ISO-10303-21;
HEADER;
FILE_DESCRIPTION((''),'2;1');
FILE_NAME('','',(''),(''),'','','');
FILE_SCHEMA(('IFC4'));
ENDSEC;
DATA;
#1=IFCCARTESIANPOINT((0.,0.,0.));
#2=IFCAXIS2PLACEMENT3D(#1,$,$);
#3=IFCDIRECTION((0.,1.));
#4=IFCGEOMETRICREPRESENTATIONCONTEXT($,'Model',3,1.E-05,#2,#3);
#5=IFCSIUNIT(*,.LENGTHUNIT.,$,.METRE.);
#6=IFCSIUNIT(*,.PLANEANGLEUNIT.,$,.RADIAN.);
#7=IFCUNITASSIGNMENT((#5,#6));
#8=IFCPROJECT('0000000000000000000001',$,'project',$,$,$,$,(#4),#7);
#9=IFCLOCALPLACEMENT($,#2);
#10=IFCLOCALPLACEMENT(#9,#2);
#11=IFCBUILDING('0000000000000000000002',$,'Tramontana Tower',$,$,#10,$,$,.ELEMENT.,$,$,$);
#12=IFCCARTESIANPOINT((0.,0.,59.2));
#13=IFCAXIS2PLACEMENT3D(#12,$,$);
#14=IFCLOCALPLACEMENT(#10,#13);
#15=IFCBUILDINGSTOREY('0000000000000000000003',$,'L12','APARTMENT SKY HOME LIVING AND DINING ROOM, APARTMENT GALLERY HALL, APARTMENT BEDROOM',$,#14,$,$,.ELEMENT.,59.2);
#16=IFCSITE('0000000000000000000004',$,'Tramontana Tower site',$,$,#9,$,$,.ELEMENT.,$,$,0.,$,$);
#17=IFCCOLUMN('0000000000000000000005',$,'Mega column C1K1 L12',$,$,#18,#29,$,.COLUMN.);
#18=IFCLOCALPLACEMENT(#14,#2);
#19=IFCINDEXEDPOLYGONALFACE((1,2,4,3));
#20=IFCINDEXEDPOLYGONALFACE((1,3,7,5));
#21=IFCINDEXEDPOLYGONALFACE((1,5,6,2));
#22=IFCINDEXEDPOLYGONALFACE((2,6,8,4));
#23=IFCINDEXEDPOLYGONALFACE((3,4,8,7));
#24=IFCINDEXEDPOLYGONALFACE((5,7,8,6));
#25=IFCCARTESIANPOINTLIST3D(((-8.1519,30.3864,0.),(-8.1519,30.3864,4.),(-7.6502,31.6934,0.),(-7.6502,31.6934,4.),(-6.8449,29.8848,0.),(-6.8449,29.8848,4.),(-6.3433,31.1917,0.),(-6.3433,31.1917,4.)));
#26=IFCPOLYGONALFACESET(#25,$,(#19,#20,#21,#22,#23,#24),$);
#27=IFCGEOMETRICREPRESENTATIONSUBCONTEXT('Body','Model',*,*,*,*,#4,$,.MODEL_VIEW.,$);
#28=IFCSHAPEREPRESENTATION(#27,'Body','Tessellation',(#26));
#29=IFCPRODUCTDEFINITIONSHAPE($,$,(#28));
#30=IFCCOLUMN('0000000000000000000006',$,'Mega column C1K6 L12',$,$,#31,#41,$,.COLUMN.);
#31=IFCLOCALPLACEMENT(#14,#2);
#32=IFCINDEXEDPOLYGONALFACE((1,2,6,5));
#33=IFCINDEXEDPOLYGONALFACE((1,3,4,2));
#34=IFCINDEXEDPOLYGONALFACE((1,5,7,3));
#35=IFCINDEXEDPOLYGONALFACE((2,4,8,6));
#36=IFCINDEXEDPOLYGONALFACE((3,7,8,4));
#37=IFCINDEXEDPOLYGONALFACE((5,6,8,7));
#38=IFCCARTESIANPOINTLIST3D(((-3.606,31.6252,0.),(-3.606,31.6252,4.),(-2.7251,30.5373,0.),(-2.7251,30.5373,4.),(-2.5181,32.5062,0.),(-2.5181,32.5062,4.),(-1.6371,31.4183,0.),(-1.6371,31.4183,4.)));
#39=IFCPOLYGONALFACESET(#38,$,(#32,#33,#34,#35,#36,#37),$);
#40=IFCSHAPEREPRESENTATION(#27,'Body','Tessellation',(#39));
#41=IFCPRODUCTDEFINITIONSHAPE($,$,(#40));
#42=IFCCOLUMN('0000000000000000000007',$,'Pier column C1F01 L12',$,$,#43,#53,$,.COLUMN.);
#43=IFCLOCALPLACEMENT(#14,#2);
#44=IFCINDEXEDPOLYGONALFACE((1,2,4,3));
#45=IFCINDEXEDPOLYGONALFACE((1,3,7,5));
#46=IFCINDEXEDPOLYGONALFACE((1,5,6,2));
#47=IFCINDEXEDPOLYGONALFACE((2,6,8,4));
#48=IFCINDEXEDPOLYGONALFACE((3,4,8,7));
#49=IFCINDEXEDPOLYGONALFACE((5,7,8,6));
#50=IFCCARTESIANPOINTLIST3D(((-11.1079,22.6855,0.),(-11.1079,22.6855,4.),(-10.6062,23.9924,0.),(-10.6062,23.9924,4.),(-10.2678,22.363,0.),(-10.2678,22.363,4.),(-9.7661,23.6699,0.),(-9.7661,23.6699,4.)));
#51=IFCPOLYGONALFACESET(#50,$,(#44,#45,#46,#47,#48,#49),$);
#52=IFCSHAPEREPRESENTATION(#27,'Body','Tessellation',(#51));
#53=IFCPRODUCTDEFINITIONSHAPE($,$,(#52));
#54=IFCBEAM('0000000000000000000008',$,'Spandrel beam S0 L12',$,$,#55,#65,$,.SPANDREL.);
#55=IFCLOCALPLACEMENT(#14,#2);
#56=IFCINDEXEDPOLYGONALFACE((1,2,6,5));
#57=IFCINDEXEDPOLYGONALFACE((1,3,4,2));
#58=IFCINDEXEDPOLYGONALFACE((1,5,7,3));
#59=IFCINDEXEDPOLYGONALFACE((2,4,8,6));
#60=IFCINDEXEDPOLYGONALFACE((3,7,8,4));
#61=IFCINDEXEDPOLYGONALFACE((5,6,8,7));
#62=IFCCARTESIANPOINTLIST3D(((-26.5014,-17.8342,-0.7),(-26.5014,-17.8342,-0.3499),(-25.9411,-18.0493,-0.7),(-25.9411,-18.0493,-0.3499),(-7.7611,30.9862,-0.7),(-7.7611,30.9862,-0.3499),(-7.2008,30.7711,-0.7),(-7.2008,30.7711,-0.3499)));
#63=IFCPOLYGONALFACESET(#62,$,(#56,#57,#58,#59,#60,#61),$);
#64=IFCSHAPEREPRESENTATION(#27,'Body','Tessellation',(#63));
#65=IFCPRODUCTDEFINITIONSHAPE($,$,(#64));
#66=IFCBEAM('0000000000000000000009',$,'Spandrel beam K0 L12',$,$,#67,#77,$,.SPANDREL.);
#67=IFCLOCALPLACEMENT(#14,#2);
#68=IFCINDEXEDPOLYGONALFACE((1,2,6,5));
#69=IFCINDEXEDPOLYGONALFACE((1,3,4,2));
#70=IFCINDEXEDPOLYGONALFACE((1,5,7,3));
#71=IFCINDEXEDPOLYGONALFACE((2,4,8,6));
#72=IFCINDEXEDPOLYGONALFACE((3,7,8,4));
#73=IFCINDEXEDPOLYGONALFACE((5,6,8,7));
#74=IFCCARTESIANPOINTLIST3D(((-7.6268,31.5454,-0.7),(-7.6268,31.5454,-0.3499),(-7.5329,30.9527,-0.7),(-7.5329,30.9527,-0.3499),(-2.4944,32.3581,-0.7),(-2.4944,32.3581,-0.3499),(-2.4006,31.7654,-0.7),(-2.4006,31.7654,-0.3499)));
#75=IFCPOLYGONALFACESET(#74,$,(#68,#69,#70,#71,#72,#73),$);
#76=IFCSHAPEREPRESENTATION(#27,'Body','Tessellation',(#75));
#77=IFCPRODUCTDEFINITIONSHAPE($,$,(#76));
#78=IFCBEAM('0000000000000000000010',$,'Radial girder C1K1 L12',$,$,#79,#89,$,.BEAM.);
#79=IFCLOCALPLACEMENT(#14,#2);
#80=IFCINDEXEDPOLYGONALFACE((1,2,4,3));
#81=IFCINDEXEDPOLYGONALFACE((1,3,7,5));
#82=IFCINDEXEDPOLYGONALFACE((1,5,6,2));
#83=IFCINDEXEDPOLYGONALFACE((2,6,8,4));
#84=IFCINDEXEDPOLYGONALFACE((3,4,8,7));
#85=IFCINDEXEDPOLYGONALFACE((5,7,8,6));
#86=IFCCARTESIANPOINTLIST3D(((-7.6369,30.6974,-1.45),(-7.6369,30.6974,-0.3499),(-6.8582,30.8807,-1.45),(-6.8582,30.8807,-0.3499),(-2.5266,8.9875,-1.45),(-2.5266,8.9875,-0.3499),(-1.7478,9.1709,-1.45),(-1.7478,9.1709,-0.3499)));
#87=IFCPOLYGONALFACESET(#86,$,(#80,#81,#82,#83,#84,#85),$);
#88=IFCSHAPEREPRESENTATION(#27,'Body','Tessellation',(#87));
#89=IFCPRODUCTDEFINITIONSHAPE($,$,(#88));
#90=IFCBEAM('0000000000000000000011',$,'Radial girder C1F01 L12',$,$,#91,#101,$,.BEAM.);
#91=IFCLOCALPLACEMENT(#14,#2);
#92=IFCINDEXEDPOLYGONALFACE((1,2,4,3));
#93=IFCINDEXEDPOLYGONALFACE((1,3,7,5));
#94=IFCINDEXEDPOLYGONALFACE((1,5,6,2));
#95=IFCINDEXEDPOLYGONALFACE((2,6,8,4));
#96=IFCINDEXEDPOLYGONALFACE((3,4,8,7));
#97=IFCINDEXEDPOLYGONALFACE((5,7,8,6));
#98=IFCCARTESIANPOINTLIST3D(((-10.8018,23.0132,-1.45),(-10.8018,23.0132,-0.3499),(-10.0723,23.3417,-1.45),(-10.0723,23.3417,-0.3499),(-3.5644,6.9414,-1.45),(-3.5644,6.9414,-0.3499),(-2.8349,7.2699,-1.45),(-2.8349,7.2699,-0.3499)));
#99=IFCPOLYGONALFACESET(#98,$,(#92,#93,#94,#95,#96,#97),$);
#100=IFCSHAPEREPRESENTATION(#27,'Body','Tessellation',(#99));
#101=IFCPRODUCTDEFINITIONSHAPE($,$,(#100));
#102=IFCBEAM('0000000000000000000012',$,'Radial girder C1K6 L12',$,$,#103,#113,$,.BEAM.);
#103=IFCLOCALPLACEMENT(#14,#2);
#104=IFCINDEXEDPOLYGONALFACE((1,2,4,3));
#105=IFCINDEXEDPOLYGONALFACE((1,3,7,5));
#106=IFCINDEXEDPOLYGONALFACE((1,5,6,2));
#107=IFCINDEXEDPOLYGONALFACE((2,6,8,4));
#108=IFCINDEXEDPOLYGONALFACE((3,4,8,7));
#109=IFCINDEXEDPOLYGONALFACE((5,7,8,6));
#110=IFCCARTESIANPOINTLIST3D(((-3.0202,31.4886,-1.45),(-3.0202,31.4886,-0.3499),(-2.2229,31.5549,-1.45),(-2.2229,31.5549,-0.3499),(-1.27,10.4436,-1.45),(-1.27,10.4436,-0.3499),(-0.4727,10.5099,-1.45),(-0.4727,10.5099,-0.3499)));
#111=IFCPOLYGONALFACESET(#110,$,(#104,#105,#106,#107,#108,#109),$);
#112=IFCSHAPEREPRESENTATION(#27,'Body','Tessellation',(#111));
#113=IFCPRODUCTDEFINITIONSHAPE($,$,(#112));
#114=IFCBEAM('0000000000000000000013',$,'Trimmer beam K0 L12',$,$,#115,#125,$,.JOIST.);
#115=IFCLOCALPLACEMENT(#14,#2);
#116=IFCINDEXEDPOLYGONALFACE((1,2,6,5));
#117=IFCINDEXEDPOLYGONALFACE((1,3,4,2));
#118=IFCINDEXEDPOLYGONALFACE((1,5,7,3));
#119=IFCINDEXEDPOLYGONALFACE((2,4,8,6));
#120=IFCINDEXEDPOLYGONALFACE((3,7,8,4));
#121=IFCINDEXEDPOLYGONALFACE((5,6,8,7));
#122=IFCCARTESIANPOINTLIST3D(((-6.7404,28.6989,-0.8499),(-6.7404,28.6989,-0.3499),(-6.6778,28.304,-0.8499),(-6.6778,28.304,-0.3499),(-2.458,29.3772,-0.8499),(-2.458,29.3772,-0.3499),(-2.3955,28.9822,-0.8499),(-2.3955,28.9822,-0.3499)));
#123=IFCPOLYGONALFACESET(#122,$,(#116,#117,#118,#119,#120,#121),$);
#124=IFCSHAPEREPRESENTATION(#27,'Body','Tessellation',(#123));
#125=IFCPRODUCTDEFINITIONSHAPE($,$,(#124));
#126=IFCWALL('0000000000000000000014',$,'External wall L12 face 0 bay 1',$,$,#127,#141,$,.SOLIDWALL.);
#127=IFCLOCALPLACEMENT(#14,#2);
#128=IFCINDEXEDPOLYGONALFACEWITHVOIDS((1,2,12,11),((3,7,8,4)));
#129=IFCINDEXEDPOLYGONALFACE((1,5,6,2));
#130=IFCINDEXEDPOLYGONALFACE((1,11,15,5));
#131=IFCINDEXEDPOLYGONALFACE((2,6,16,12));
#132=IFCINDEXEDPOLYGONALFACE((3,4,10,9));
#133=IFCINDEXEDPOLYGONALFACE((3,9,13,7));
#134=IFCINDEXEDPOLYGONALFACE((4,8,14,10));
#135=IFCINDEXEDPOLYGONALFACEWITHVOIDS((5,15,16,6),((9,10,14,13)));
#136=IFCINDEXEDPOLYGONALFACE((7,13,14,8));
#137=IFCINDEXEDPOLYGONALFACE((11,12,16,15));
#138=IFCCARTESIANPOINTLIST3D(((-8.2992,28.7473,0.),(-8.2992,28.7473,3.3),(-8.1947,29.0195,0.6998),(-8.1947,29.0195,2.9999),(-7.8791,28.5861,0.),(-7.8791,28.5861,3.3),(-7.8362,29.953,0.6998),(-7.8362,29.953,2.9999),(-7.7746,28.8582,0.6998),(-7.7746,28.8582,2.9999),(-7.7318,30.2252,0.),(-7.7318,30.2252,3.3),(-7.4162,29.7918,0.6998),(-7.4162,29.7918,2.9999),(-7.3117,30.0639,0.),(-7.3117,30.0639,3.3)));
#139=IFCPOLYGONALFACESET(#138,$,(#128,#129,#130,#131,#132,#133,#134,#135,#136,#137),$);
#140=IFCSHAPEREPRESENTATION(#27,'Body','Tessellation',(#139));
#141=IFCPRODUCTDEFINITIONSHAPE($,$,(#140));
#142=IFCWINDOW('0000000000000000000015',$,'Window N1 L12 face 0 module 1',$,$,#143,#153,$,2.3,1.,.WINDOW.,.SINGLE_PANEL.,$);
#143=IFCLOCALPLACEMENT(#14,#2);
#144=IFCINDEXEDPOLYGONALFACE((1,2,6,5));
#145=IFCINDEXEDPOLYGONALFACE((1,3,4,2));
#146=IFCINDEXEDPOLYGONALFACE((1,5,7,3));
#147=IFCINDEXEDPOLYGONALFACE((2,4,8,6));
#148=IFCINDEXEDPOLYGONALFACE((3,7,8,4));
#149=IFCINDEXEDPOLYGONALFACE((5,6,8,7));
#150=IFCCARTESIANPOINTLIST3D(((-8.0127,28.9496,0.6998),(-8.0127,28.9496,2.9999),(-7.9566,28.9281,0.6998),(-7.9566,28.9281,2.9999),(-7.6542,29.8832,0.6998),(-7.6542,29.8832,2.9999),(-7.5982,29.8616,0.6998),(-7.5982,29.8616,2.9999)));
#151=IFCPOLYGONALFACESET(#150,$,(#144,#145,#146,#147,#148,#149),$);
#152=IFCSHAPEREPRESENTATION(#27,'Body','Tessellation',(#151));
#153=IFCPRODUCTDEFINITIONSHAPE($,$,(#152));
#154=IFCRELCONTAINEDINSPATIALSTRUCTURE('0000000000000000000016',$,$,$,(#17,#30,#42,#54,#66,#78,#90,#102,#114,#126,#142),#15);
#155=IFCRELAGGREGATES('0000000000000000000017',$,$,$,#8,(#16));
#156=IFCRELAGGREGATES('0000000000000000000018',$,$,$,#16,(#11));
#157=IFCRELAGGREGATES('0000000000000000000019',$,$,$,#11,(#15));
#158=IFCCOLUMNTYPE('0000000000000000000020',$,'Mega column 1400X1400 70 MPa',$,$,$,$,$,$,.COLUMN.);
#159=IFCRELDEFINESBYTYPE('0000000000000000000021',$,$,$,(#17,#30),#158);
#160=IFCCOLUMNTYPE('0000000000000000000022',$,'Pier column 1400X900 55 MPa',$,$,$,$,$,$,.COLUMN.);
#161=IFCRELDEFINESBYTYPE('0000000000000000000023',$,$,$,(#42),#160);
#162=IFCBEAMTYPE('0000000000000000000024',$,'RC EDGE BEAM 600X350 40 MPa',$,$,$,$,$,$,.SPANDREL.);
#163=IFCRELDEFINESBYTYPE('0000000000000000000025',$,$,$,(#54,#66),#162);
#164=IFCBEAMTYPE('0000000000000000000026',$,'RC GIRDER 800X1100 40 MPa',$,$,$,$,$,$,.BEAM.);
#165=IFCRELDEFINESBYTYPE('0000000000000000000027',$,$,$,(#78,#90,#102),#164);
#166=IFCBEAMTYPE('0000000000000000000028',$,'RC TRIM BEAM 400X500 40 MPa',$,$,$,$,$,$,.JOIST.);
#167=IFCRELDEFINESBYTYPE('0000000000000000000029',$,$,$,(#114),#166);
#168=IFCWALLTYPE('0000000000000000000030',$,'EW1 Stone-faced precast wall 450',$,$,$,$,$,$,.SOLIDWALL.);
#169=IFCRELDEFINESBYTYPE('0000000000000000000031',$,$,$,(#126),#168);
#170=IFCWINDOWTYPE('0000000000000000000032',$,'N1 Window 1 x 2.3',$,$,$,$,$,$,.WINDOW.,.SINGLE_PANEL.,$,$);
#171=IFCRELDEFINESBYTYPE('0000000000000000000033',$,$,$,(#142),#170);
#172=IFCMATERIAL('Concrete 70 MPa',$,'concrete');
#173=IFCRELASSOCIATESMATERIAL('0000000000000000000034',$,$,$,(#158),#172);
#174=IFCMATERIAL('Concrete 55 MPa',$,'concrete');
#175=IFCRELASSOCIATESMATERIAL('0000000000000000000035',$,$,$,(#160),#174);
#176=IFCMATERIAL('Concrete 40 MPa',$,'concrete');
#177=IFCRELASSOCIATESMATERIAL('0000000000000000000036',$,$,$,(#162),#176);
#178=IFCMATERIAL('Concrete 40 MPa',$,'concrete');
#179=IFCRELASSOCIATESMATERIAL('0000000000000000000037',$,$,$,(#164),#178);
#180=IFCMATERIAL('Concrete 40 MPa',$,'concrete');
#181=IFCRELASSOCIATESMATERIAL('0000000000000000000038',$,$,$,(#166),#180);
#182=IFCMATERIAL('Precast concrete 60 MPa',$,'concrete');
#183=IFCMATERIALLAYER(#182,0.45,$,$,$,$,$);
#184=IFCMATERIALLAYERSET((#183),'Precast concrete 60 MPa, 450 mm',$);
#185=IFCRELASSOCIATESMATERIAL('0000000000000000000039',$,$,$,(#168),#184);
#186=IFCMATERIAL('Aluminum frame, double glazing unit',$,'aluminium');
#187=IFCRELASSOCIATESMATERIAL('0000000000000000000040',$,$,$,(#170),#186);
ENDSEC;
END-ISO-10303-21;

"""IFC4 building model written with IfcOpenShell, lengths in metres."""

from ifc_helpers import new_model, si_unit, direction, frame, frame_2d, origin, origin_2d, place, context, subcontext, project, spatial, rectangle, extrude, material, layer, layer_set, material_profile, profile_set, type_object, element, fill, save


model = new_model("IFC4")

# Units and contexts
model_context = context("Model", 3, precision=1e-05, world=origin(), true_north=direction((0.0, 1.0)))
body_context = subcontext(model_context, "Body", "Model", "MODEL_VIEW")
ifc_project = project(units=[si_unit("LENGTHUNIT", "METRE"), si_unit("PLANEANGLEUNIT", "RADIAN")], contexts=[model_context])

# Site, building, storey
site_placement = place(None, origin())
site = spatial("IfcSite", under=ifc_project, at=site_placement, Name="Tramontana Tower site", CompositionType="ELEMENT", RefElevation=0.0)
building_placement = place(site_placement, origin())
building = spatial("IfcBuilding", under=site, at=building_placement, Name="Tramontana Tower", CompositionType="ELEMENT")
storey_placement = place(building_placement, frame((0.0, 0.0, 59.2)))
storey = spatial("IfcBuildingStorey", under=building, at=storey_placement, Name="L12", Description="APARTMENT SKY HOME LIVING AND DINING ROOM, APARTMENT GALLERY HALL, APARTMENT BEDROOM", CompositionType="ELEMENT", Elevation=59.2)

# Columns
ifc_material_1 = material(Name="Concrete 70 MPa", Category="concrete")
ifc_material_profile_1 = material_profile(ifc_material_1, rectangle(XDim=1.3999, YDim=1.3999, at=origin_2d()), Name="Mega column 1400X1400 70 MPa")
ifc_profile_set_1 = profile_set([ifc_material_profile_1], Name="Concrete 70 MPa")
column_type_1 = type_object("IfcColumnType", Name="Mega column 1400X1400 70 MPa", PredefinedType="COLUMN", material=ifc_profile_set_1)
for number, where, z_axis, x_axis, name in (
    (1, (-7.2476, 30.7891, 0.0), (0.0, 0.0, 1.0), (-0.358368, -0.93358, 0.0), "Mega column C1K1 L12"),
    (2, (-2.6216, 31.5217, 0.0), (0.0, 0.0, 1.0), (-0.62932, 0.777146, 0.0), "Mega column C1K6 L12"),
):
    element("IfcColumn", number, at=place(storey_placement, frame(where, z_axis=z_axis, x_axis=x_axis)), inside=storey, type_object=column_type_1, Name=name, PredefinedType="COLUMN", context=body_context, shape_type="SweptSolid", body=[
        extrude(rectangle(XDim=1.3999, YDim=1.3999, at=origin_2d()), origin(), (0.0, 0.0, 1.0), 4.0),
    ])
ifc_material_2 = material(Name="Concrete 55 MPa", Category="concrete")
ifc_material_profile_2 = material_profile(ifc_material_2, rectangle(XDim=1.3999, YDim=0.8999, at=origin_2d()), Name="Pier column 1400X900 55 MPa")
ifc_profile_set_2 = profile_set([ifc_material_profile_2], Name="Concrete 55 MPa")
column_type_2 = type_object("IfcColumnType", Name="Pier column 1400X900 55 MPa", PredefinedType="COLUMN", material=ifc_profile_set_2)
column_placement = place(storey_placement, frame((-10.437, 23.1777, 0.0), z_axis=(0.0, 0.0, 1.0), x_axis=(-0.358368, -0.93358, 0.0)))
element("IfcColumn", 3, at=column_placement, inside=storey, type_object=column_type_2, Name="Pier column C1F01 L12", PredefinedType="COLUMN", context=body_context, shape_type="SweptSolid", body=[
    extrude(rectangle(XDim=1.3999, YDim=0.8999, at=origin_2d()), origin(), (0.0, 0.0, 1.0), 4.0),
])

# Beams
ifc_material_3 = material(Name="Concrete 40 MPa", Category="concrete")
ifc_material_profile_3 = material_profile(ifc_material_3, rectangle(XDim=0.6001, YDim=0.3501, at=origin_2d()), Name="RC EDGE BEAM 600X350 40 MPa")
ifc_profile_set_3 = profile_set([ifc_material_profile_3], Name="Concrete 40 MPa")
beam_type_1 = type_object("IfcBeamType", Name="RC EDGE BEAM 600X350 40 MPa", PredefinedType="SPANDREL", material=ifc_profile_set_3)
beam_1_placement = place(storey_placement, frame((-7.481, 30.8787, -0.5249), z_axis=(-0.358366, -0.933581, 0.0), x_axis=(0.933581, -0.358366, 0.0)))
element("IfcBeam", 4, at=beam_1_placement, inside=storey, type_object=beam_type_1, Name="Spandrel beam S0 L12", PredefinedType="SPANDREL", context=body_context, shape_type="SweptSolid", body=[
    extrude(rectangle(XDim=0.6001, YDim=0.3501, at=origin_2d()), origin(), (0.0, 0.0, 1.0), 52.2937),
])
beam_2_placement = place(storey_placement, frame((-2.4475, 32.0618, -0.5249), z_axis=(-0.987692, -0.156409, 0.0), x_axis=(0.156409, -0.987692, 0.0)))
element("IfcBeam", 5, at=beam_2_placement, inside=storey, type_object=beam_type_1, Name="Spandrel beam K0 L12", PredefinedType="SPANDREL", context=body_context, shape_type="SweptSolid", body=[
    extrude(rectangle(XDim=0.6001, YDim=0.3501, at=origin_2d()), origin(), (0.0, 0.0, 1.0), 5.1963),
])
ifc_material_4 = material(Name="Concrete 40 MPa", Category="concrete")
ifc_material_profile_4 = material_profile(ifc_material_4, rectangle(XDim=0.8, YDim=1.1001, at=origin_2d()), Name="RC GIRDER 800X1100 40 MPa")
ifc_profile_set_4 = profile_set([ifc_material_profile_4], Name="Concrete 40 MPa")
beam_type_2 = type_object("IfcBeamType", Name="RC GIRDER 800X1100 40 MPa", PredefinedType="BEAM", material=ifc_profile_set_4)
beam_3_placement = place(storey_placement, frame((-7.2476, 30.7891, -0.8999), z_axis=(0.22913, -0.973396, 0.0), x_axis=(0.973396, 0.22913, 0.0)))
element("IfcBeam", 6, at=beam_3_placement, inside=storey, type_object=beam_type_2, Name="Radial girder C1K1 L12", PredefinedType="BEAM", context=body_context, shape_type="SweptSolid", body=[
    extrude(rectangle(XDim=0.8, YDim=1.1001, at=origin_2d()), origin(), (0.0, 0.0, 1.0), 22.3032),
])
beam_4_placement = place(storey_placement, frame((-10.437, 23.1775, -0.8999), z_axis=(0.410601, -0.911815, 0.0), x_axis=(0.911815, 0.410601, 0.0)))
element("IfcBeam", 7, at=beam_4_placement, inside=storey, type_object=beam_type_2, Name="Radial girder C1F01 L12", PredefinedType="BEAM", context=body_context, shape_type="SweptSolid", body=[
    extrude(rectangle(XDim=0.8, YDim=1.1001, at=origin_2d()), origin(), (0.0, 0.0, 1.0), 17.6262),
])
beam_5_placement = place(storey_placement, frame((-2.6216, 31.5217, -0.8999), z_axis=(0.082881, -0.996559, 0.0), x_axis=(0.996559, 0.082881, 0.0)))
element("IfcBeam", 8, at=beam_5_placement, inside=storey, type_object=beam_type_2, Name="Radial girder C1K6 L12", PredefinedType="BEAM", context=body_context, shape_type="SweptSolid", body=[
    extrude(rectangle(XDim=0.8, YDim=1.1001, at=origin_2d()), origin(), (0.0, 0.0, 1.0), 21.1177),
])
ifc_material_5 = material(Name="Concrete 40 MPa", Category="concrete")
ifc_material_profile_5 = material_profile(ifc_material_5, rectangle(XDim=0.3999, YDim=0.5, at=origin_2d()), Name="RC TRIM BEAM 400X500 40 MPa")
ifc_profile_set_5 = profile_set([ifc_material_profile_5], Name="Concrete 40 MPa")
beam_type_3 = type_object("IfcBeamType", Name="RC TRIM BEAM 400X500 40 MPa", PredefinedType="JOIST", material=ifc_profile_set_5)
beam_6_placement = place(storey_placement, frame((-2.4268, 29.1797, -0.5999), z_axis=(-0.987689, -0.156431, 0.0), x_axis=(0.156431, -0.987689, 0.0)))
element("IfcBeam", 9, at=beam_6_placement, inside=storey, type_object=beam_type_3, Name="Trimmer beam K0 L12", PredefinedType="JOIST", context=body_context, shape_type="SweptSolid", body=[
    extrude(rectangle(XDim=0.3999, YDim=0.5, at=origin_2d()), origin(), (0.0, 0.0, 1.0), 4.3357),
])

# Wall, opening, window
ifc_material_6 = material(Name="Precast concrete 60 MPa", Category="concrete")
ifc_layer_1 = layer(ifc_material_6, 0.45)
ifc_layer_set_1 = layer_set([ifc_layer_1], Name="Precast concrete 60 MPa, 450 mm")
wall_type_1 = type_object("IfcWallType", Name="EW1 Stone-faced precast wall 450", PredefinedType="SOLIDWALL", material=ifc_layer_set_1)
wall_1_placement = place(storey_placement, frame((-7.5217, 30.1445, 0.0), z_axis=(0.0, 0.0, 1.0), x_axis=(-0.358431, -0.933556, 0.0)))
wall_1 = element("IfcWall", 10, at=wall_1_placement, inside=storey, type_object=wall_type_1, Name="External wall L12 face 0 bay 1", PredefinedType="SOLIDWALL", context=body_context, shape_type="SweptSolid", body=[
    extrude(rectangle(XDim=1.583, YDim=0.45, at=frame_2d((0.7915, 0.0))), origin(), (0.0, 0.0, 1.0), 3.3),
])
opening_1_placement = place(wall_1_placement, frame((0.2915, 0.0, 0.7)))
opening_1 = element("IfcOpeningElement", 11, at=opening_1_placement, cuts=wall_1, PredefinedType="OPENING", context=body_context, shape_type="SweptSolid", body=[
    extrude(rectangle(XDim=1.0, YDim=2.3, at=frame_2d((0.5, 1.1499))), frame((0.0, 0.2349, 0.0), z_axis=(0.0, -1.0, 0.0), x_axis=(1.0, 0.0, 0.0)), (0.0, 0.0, 1.0), 0.47),
])
ifc_material_7 = material(Name="Aluminum frame, double glazing unit", Category="aluminium")
window_type_1 = type_object("IfcWindowType", Name="N1 Window 1 x 2.3", PartitioningType="SINGLE_PANEL", PredefinedType="WINDOW", material=ifc_material_7)
window_1_placement = place(opening_1_placement, origin())
window_1 = element("IfcWindow", 12, at=window_1_placement, inside=storey, type_object=window_type_1, Name="Window N1 L12 face 0 module 1", OverallHeight=2.3, OverallWidth=1.0, PartitioningType="SINGLE_PANEL", PredefinedType="WINDOW", context=body_context, shape_type="SweptSolid", body=[
    extrude(rectangle(XDim=1.0, YDim=2.3, at=frame_2d((0.5, 1.1499))), frame((0.0, 0.03, 0.0), z_axis=(0.0, -1.0, 0.0), x_axis=(1.0, 0.0, 0.0)), (0.0, 0.0, 1.0), 0.0601),
])
fill(opening_1, window_1)

save(model, "model.ifc")
